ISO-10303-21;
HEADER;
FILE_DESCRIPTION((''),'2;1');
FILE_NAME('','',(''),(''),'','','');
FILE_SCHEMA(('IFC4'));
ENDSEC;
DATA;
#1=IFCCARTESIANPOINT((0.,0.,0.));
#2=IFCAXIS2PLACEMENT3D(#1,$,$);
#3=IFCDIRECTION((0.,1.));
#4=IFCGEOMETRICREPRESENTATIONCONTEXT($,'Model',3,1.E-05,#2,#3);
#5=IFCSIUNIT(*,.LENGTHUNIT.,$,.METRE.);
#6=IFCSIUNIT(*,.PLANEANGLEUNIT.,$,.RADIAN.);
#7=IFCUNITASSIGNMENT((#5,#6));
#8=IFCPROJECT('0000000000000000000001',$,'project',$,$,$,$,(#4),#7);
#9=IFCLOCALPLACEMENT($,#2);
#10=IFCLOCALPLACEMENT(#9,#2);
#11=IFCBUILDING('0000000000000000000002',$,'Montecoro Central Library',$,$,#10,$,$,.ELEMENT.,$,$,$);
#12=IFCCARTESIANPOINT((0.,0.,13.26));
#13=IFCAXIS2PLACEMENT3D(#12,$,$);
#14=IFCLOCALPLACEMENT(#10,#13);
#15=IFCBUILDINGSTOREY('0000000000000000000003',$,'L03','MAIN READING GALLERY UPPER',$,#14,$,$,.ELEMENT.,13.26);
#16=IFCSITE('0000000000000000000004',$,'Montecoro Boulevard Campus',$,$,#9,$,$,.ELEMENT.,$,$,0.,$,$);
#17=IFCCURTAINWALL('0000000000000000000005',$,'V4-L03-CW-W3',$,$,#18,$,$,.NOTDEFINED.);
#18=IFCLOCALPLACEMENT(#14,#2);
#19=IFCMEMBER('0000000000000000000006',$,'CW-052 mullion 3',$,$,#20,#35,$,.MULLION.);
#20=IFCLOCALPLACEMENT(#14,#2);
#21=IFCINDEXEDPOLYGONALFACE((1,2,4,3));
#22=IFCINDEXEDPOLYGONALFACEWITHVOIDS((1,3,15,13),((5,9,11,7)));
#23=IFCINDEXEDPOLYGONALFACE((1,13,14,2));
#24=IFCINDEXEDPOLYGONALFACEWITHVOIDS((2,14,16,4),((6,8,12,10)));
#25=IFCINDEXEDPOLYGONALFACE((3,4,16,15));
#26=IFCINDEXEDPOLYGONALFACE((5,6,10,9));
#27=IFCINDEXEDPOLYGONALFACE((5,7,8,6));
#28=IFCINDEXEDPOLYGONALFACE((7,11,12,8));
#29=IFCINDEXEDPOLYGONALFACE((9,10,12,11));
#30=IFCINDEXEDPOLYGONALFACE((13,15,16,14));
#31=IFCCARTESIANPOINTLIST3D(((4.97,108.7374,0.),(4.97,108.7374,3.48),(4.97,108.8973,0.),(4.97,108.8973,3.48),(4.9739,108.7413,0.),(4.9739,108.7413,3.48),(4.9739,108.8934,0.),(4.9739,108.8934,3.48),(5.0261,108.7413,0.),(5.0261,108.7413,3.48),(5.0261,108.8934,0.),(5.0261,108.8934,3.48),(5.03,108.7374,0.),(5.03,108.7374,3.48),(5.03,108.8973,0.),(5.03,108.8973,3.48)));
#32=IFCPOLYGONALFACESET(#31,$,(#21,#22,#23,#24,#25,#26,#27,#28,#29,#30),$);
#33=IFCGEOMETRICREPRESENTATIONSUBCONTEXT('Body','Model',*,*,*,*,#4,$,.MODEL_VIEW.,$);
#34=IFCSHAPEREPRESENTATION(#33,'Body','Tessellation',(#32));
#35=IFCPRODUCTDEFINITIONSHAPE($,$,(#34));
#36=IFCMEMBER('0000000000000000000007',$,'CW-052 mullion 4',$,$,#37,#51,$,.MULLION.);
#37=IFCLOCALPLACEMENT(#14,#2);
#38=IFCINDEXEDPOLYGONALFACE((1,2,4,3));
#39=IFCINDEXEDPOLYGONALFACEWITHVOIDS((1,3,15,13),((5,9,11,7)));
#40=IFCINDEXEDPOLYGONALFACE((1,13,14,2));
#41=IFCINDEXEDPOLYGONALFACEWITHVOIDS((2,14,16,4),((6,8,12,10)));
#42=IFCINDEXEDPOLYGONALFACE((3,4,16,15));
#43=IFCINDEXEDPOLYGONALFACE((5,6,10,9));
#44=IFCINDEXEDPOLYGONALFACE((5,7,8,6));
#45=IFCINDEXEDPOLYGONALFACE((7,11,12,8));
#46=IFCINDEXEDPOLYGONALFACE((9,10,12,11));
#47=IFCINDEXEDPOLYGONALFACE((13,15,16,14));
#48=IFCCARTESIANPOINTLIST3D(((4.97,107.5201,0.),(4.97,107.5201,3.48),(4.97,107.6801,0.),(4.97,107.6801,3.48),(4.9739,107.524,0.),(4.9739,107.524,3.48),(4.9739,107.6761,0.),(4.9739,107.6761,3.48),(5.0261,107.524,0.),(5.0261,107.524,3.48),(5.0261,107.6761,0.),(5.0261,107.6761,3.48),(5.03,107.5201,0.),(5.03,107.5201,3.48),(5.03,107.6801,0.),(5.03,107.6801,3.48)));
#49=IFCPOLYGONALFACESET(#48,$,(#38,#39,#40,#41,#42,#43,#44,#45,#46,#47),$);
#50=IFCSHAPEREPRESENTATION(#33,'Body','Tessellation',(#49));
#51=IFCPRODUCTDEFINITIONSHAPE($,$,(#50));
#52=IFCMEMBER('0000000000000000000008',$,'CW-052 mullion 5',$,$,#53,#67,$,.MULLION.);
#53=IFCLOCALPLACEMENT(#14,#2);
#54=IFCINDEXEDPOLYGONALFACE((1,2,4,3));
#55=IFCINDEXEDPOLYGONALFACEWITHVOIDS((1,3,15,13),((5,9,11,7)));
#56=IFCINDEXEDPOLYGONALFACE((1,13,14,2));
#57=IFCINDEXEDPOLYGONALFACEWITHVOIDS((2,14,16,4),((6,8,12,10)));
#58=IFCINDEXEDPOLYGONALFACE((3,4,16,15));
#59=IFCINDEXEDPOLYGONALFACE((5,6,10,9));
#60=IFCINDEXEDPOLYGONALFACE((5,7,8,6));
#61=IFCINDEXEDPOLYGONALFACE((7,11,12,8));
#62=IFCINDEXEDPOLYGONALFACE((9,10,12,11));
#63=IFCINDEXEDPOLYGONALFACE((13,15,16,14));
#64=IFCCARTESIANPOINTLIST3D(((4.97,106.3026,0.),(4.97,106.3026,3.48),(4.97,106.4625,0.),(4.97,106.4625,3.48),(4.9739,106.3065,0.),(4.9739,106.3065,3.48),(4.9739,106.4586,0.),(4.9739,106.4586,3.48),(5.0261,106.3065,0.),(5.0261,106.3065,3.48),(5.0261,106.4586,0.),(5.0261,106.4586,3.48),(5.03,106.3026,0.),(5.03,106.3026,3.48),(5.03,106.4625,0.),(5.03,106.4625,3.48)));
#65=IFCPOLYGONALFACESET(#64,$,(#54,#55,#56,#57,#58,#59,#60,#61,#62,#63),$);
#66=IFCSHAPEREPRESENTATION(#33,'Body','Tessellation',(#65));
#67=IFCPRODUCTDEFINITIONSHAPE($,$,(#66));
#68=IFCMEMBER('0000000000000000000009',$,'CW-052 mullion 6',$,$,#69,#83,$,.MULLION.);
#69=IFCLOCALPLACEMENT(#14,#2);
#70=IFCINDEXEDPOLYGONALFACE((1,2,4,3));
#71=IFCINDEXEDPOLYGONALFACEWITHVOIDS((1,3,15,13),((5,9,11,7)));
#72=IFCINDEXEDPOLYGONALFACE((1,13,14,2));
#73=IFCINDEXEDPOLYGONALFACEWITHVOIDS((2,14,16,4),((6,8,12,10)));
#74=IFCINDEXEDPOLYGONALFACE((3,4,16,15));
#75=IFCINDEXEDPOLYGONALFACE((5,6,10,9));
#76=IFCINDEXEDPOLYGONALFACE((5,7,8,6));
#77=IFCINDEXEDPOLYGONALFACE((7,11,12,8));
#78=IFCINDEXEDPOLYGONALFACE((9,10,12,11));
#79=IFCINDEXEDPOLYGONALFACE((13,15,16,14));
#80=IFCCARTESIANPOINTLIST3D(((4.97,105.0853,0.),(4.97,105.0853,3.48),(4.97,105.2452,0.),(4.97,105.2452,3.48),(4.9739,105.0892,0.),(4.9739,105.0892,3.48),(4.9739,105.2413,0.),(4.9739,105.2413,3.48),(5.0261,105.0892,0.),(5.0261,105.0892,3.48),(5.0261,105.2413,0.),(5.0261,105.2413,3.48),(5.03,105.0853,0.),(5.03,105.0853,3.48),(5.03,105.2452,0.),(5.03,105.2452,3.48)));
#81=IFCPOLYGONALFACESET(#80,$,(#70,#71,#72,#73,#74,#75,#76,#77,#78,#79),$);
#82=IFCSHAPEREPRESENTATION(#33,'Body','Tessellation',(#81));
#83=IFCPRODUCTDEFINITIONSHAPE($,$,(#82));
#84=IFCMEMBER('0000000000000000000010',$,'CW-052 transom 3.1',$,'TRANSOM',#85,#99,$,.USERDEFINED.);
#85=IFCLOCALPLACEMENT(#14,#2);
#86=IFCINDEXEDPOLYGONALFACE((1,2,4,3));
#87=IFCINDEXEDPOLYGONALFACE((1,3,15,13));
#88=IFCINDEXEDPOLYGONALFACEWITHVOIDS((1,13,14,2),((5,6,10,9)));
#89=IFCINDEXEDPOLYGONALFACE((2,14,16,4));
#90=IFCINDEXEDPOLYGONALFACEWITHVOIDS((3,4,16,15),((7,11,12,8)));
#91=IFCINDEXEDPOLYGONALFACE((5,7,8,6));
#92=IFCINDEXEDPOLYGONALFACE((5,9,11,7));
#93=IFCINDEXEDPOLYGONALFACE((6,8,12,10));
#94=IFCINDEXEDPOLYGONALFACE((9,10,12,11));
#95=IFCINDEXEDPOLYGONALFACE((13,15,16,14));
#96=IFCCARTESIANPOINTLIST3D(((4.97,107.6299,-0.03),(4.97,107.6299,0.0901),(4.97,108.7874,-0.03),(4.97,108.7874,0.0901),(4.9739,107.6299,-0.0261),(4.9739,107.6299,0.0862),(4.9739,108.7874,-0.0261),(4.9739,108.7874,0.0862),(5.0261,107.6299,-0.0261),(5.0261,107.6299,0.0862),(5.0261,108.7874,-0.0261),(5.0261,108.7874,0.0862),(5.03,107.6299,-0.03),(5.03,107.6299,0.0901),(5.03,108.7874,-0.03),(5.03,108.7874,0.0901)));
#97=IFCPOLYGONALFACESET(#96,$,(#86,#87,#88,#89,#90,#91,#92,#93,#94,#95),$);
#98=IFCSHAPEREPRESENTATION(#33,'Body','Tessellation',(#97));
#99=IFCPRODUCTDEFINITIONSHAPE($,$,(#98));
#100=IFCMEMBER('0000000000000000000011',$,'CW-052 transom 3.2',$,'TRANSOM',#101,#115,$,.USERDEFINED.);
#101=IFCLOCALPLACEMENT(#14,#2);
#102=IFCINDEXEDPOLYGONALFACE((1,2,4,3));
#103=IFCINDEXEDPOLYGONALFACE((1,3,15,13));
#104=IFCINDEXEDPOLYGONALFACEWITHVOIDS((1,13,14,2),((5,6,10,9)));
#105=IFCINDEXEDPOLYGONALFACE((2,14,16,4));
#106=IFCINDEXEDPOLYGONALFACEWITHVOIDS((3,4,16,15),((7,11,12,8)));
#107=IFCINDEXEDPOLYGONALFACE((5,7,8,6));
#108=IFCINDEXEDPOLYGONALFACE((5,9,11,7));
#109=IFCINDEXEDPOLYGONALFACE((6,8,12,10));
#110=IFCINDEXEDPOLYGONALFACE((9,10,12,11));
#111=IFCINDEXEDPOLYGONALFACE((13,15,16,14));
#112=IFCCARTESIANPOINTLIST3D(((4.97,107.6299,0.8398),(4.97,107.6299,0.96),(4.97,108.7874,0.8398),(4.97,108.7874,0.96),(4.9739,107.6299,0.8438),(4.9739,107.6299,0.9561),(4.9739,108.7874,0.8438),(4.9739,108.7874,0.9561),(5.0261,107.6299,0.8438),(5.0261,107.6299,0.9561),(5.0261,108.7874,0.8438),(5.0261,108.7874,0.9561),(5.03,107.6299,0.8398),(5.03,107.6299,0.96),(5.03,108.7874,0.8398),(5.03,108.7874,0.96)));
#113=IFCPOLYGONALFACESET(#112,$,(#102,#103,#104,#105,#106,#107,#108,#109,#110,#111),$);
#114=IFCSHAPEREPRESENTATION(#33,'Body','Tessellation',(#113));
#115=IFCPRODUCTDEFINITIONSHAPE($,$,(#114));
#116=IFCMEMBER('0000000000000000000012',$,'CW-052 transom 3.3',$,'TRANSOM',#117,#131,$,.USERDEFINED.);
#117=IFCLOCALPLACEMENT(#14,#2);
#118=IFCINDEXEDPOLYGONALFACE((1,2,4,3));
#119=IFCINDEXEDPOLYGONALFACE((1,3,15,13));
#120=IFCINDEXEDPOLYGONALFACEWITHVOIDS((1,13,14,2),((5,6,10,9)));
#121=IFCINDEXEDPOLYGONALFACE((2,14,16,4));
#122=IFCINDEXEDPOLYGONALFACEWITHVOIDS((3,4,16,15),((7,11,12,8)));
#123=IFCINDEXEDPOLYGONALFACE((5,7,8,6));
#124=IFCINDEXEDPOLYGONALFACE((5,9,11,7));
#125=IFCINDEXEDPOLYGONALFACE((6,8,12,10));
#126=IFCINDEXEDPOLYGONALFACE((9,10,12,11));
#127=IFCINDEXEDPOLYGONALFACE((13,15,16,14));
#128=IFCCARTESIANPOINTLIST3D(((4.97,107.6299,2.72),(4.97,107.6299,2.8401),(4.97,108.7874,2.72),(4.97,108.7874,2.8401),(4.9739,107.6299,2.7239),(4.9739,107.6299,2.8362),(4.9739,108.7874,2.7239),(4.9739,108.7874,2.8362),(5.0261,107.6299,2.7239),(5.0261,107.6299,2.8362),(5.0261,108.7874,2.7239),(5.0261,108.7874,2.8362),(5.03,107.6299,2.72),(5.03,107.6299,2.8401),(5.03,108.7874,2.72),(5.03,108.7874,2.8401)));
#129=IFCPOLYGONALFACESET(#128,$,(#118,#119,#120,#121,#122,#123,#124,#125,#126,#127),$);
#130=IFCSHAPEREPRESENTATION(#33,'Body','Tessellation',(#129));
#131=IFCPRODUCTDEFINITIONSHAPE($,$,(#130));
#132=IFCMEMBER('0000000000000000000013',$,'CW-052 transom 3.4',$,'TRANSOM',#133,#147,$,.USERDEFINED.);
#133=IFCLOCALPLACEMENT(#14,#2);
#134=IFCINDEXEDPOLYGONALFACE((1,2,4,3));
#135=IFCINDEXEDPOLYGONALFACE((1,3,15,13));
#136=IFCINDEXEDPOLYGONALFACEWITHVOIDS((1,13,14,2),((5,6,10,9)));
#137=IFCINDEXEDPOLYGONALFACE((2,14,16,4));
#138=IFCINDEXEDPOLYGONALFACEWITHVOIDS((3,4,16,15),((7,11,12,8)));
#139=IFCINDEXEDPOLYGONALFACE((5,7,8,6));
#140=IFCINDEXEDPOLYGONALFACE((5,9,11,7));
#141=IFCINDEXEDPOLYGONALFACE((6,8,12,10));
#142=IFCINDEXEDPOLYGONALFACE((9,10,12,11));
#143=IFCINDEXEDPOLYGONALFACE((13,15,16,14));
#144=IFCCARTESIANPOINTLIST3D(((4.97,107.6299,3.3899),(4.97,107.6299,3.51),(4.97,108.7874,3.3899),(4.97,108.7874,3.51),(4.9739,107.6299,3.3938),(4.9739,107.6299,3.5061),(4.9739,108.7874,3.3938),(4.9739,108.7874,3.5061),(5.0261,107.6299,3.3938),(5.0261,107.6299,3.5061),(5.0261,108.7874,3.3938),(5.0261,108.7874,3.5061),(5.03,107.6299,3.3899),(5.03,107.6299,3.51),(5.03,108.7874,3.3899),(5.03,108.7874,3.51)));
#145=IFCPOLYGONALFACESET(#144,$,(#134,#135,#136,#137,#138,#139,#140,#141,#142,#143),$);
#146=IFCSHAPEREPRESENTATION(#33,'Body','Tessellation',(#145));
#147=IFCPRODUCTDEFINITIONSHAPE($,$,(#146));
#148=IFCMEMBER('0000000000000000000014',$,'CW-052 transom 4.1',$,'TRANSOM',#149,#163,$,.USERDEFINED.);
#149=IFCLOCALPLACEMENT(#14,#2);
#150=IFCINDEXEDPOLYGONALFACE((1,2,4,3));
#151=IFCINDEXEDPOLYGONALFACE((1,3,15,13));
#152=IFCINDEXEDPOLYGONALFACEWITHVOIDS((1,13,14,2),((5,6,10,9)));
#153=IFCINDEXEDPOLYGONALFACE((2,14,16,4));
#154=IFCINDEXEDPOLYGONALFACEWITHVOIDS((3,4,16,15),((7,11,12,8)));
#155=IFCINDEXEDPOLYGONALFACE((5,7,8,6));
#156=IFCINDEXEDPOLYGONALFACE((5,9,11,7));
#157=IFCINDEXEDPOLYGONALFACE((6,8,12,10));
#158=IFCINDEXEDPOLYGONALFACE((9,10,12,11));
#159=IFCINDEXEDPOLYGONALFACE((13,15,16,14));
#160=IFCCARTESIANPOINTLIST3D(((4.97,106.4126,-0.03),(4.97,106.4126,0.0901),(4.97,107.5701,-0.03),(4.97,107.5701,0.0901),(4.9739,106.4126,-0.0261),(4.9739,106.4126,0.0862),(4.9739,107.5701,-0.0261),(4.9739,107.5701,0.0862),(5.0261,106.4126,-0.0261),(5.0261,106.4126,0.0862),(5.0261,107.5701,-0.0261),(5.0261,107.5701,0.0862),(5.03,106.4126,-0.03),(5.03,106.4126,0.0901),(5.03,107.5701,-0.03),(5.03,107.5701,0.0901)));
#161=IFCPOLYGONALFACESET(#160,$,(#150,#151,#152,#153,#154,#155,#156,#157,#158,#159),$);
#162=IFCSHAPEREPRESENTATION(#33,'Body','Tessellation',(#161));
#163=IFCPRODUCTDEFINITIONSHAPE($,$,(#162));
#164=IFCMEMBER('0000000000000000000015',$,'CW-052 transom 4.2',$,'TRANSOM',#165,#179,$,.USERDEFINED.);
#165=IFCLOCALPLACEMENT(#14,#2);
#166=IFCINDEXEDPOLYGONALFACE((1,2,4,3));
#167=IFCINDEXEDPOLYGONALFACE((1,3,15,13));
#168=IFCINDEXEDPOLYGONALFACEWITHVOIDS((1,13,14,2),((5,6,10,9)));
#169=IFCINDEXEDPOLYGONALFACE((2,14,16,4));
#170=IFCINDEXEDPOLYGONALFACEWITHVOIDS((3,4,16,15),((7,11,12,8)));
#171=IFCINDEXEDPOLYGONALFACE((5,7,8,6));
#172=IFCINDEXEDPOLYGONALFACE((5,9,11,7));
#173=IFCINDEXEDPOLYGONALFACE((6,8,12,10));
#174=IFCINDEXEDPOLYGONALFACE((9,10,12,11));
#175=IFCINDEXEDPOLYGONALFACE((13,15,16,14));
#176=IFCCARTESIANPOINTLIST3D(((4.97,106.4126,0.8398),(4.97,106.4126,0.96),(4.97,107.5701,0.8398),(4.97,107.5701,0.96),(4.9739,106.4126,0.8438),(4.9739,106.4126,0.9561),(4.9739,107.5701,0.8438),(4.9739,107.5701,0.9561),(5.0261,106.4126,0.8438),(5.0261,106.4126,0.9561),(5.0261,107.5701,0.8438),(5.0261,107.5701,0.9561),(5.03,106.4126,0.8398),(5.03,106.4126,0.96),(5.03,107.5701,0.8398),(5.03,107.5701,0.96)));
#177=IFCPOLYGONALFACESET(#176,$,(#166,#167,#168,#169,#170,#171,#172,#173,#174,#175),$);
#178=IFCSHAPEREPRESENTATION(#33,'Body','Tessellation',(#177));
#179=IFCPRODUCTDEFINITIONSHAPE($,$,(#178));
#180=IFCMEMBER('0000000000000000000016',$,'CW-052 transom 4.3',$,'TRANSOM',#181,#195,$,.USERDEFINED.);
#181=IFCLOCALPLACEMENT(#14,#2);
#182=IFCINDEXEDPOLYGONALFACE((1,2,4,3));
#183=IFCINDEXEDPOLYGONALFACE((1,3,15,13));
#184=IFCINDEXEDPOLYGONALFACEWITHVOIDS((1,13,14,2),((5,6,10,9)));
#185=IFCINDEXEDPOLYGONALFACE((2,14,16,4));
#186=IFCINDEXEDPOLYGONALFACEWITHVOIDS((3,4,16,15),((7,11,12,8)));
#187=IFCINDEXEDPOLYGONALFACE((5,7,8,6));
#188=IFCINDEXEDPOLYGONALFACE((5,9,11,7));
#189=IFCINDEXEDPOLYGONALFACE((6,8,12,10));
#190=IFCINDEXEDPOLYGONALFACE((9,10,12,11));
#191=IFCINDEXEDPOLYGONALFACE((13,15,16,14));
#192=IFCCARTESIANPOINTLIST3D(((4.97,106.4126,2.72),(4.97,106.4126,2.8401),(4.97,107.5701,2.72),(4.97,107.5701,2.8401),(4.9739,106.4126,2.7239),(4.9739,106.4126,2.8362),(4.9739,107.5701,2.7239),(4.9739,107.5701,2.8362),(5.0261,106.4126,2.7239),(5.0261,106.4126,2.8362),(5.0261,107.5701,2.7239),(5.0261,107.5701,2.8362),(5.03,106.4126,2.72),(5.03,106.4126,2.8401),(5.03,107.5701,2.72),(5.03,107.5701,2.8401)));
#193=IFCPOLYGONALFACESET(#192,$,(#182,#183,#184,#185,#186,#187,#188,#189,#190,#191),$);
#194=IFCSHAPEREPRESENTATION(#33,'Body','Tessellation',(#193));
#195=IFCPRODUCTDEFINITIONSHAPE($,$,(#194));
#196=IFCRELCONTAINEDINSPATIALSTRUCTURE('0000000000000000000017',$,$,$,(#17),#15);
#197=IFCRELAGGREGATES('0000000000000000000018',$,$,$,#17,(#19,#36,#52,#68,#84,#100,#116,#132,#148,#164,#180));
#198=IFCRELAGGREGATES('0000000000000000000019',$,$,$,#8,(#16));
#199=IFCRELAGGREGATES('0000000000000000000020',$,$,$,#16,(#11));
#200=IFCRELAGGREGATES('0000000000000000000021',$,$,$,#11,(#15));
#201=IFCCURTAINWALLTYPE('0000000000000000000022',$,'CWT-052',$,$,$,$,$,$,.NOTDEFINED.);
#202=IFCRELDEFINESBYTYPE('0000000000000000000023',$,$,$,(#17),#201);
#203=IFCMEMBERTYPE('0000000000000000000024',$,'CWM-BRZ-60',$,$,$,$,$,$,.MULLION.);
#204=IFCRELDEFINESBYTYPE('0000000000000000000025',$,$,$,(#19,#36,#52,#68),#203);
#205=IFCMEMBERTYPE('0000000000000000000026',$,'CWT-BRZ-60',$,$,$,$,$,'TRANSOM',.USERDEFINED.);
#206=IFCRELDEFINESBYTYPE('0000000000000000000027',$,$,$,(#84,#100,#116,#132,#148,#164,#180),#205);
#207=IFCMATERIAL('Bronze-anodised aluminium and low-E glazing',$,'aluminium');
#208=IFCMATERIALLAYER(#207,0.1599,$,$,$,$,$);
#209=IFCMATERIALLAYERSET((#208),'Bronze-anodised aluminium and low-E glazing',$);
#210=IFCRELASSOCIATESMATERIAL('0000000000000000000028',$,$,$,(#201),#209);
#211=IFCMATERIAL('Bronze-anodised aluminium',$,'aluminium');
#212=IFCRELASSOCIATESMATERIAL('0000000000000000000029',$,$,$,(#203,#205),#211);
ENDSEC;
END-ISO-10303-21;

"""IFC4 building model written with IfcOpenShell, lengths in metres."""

from ifc_helpers import new_model, si_unit, direction, frame, origin, origin_2d, place, context, subcontext, project, spatial, hollow_rectangle, extrude, material, layer, layer_set, material_profile, profile_set, type_object, element, aggregate, save


model = new_model("IFC4")

# Units and contexts
model_context = context("Model", 3, precision=1e-05, world=origin(), true_north=direction((0.0, 1.0)))
body_context = subcontext(model_context, "Body", "Model", "MODEL_VIEW")
ifc_project = project(units=[si_unit("LENGTHUNIT", "METRE"), si_unit("PLANEANGLEUNIT", "RADIAN")], contexts=[model_context])

# Site, building, storey
site_placement = place(None, origin())
site = spatial("IfcSite", under=ifc_project, at=site_placement, Name="Montecoro Boulevard Campus", CompositionType="ELEMENT", RefElevation=0.0)
building_placement = place(site_placement, origin())
building = spatial("IfcBuilding", under=site, at=building_placement, Name="Montecoro Central Library", CompositionType="ELEMENT")
storey_placement = place(building_placement, frame((0.0, 0.0, 13.26)))
storey = spatial("IfcBuildingStorey", under=building, at=storey_placement, Name="L03", Description="MAIN READING GALLERY UPPER", CompositionType="ELEMENT", Elevation=13.26)

# Curtain wall, members
ifc_material_1 = material(Name="Bronze-anodised aluminium and low-E glazing", Category="aluminium")
ifc_layer_1 = layer(ifc_material_1, 0.1599)
ifc_layer_set_1 = layer_set([ifc_layer_1], Name="Bronze-anodised aluminium and low-E glazing")
curtain_wall_type = type_object("IfcCurtainWallType", Name="CWT-052", PredefinedType="NOTDEFINED", material=ifc_layer_set_1)
curtain_wall_placement = place(storey_placement, origin())
curtain_wall = element("IfcCurtainWall", 1, at=curtain_wall_placement, inside=storey, type_object=curtain_wall_type, Name="V4-L03-CW-W3", PredefinedType="NOTDEFINED")
ifc_material_2 = material(Name="Bronze-anodised aluminium", Category="aluminium")
ifc_material_profile_1 = material_profile(ifc_material_2, hollow_rectangle(XDim=0.0601, YDim=0.1599, WallThickness=0.0039, at=origin_2d()), Name="CWM 160x60x4.0")
ifc_profile_set_1 = profile_set([ifc_material_profile_1], Name="Bronze-anodised aluminium")
member_type_1 = type_object("IfcMemberType", Name="CWM-BRZ-60", PredefinedType="MULLION", material=ifc_profile_set_1)
member_1_placement = place(storey_placement, frame((5.0, 108.8174, 0.0), z_axis=(0.0, 0.0, 1.0), x_axis=(1.0, 0.0, 0.0)))
member_1 = element("IfcMember", 2, at=member_1_placement, type_object=member_type_1, Name="CW-052 mullion 3", PredefinedType="MULLION", context=body_context, shape_type="SweptSolid", body=[
    extrude(hollow_rectangle(XDim=0.0601, YDim=0.1599, WallThickness=0.0039, at=origin_2d()), origin(), (0.0, 0.0, 1.0), 3.48),
])
member_2_placement = place(storey_placement, frame((5.0, 107.6001, 0.0), z_axis=(0.0, 0.0, 1.0), x_axis=(1.0, 0.0, 0.0)))
member_2 = element("IfcMember", 3, at=member_2_placement, type_object=member_type_1, Name="CW-052 mullion 4", PredefinedType="MULLION", context=body_context, shape_type="SweptSolid", body=[
    extrude(hollow_rectangle(XDim=0.0601, YDim=0.1599, WallThickness=0.0039, at=origin_2d()), origin(), (0.0, 0.0, 1.0), 3.48),
])
member_3_placement = place(storey_placement, frame((5.0, 106.3826, 0.0), z_axis=(0.0, 0.0, 1.0), x_axis=(1.0, 0.0, 0.0)))
member_3 = element("IfcMember", 4, at=member_3_placement, type_object=member_type_1, Name="CW-052 mullion 5", PredefinedType="MULLION", context=body_context, shape_type="SweptSolid", body=[
    extrude(hollow_rectangle(XDim=0.0601, YDim=0.1599, WallThickness=0.0039, at=origin_2d()), origin(), (0.0, 0.0, 1.0), 3.48),
])
member_4_placement = place(storey_placement, frame((5.0, 105.1653, 0.0), z_axis=(0.0, 0.0, 1.0), x_axis=(1.0, 0.0, 0.0)))
member_4 = element("IfcMember", 5, at=member_4_placement, type_object=member_type_1, Name="CW-052 mullion 6", PredefinedType="MULLION", context=body_context, shape_type="SweptSolid", body=[
    extrude(hollow_rectangle(XDim=0.0601, YDim=0.1599, WallThickness=0.0039, at=origin_2d()), origin(), (0.0, 0.0, 1.0), 3.48),
])
ifc_material_profile_2 = material_profile(ifc_material_2, hollow_rectangle(XDim=0.0601, YDim=0.1201, WallThickness=0.0039, at=origin_2d()), Name="CWT 120x60x4.0")
ifc_profile_set_2 = profile_set([ifc_material_profile_2], Name="Bronze-anodised aluminium")
member_type_2 = type_object("IfcMemberType", Name="CWT-BRZ-60", ElementType="TRANSOM", PredefinedType="USERDEFINED", material=ifc_profile_set_2)
member_5_placement = place(storey_placement, frame((5.0, 108.7874, 0.03), z_axis=(0.0, -1.0, 0.0), x_axis=(1.0, 0.0, 0.0)))
member_5 = element("IfcMember", 6, at=member_5_placement, type_object=member_type_2, Name="CW-052 transom 3.1", ObjectType="TRANSOM", PredefinedType="USERDEFINED", context=body_context, shape_type="SweptSolid", body=[
    extrude(hollow_rectangle(XDim=0.0601, YDim=0.1201, WallThickness=0.0039, at=origin_2d()), origin(), (0.0, 0.0, 1.0), 1.1575),
])
member_6_placement = place(storey_placement, frame((5.0, 108.7874, 0.8999), z_axis=(0.0, -1.0, 0.0), x_axis=(1.0, 0.0, 0.0)))
member_6 = element("IfcMember", 7, at=member_6_placement, type_object=member_type_2, Name="CW-052 transom 3.2", ObjectType="TRANSOM", PredefinedType="USERDEFINED", context=body_context, shape_type="SweptSolid", body=[
    extrude(hollow_rectangle(XDim=0.0601, YDim=0.1201, WallThickness=0.0039, at=origin_2d()), origin(), (0.0, 0.0, 1.0), 1.1575),
])
member_7_placement = place(storey_placement, frame((5.0, 108.7874, 2.78), z_axis=(0.0, -1.0, 0.0), x_axis=(1.0, 0.0, 0.0)))
member_7 = element("IfcMember", 8, at=member_7_placement, type_object=member_type_2, Name="CW-052 transom 3.3", ObjectType="TRANSOM", PredefinedType="USERDEFINED", context=body_context, shape_type="SweptSolid", body=[
    extrude(hollow_rectangle(XDim=0.0601, YDim=0.1201, WallThickness=0.0039, at=origin_2d()), origin(), (0.0, 0.0, 1.0), 1.1575),
])
member_8_placement = place(storey_placement, frame((5.0, 108.7874, 3.45), z_axis=(0.0, -1.0, 0.0), x_axis=(1.0, 0.0, 0.0)))
member_8 = element("IfcMember", 9, at=member_8_placement, type_object=member_type_2, Name="CW-052 transom 3.4", ObjectType="TRANSOM", PredefinedType="USERDEFINED", context=body_context, shape_type="SweptSolid", body=[
    extrude(hollow_rectangle(XDim=0.0601, YDim=0.1201, WallThickness=0.0039, at=origin_2d()), origin(), (0.0, 0.0, 1.0), 1.1575),
])
member_9_placement = place(storey_placement, frame((5.0, 107.5701, 0.03), z_axis=(0.0, -1.0, 0.0), x_axis=(1.0, 0.0, 0.0)))
member_9 = element("IfcMember", 10, at=member_9_placement, type_object=member_type_2, Name="CW-052 transom 4.1", ObjectType="TRANSOM", PredefinedType="USERDEFINED", context=body_context, shape_type="SweptSolid", body=[
    extrude(hollow_rectangle(XDim=0.0601, YDim=0.1201, WallThickness=0.0039, at=origin_2d()), origin(), (0.0, 0.0, 1.0), 1.1575),
])
member_10_placement = place(storey_placement, frame((5.0, 107.5701, 0.8999), z_axis=(0.0, -1.0, 0.0), x_axis=(1.0, 0.0, 0.0)))
member_10 = element("IfcMember", 11, at=member_10_placement, type_object=member_type_2, Name="CW-052 transom 4.2", ObjectType="TRANSOM", PredefinedType="USERDEFINED", context=body_context, shape_type="SweptSolid", body=[
    extrude(hollow_rectangle(XDim=0.0601, YDim=0.1201, WallThickness=0.0039, at=origin_2d()), origin(), (0.0, 0.0, 1.0), 1.1575),
])
member_11_placement = place(storey_placement, frame((5.0, 107.5701, 2.78), z_axis=(0.0, -1.0, 0.0), x_axis=(1.0, 0.0, 0.0)))
member_11 = element("IfcMember", 12, at=member_11_placement, type_object=member_type_2, Name="CW-052 transom 4.3", ObjectType="TRANSOM", PredefinedType="USERDEFINED", context=body_context, shape_type="SweptSolid", body=[
    extrude(hollow_rectangle(XDim=0.0601, YDim=0.1201, WallThickness=0.0039, at=origin_2d()), origin(), (0.0, 0.0, 1.0), 1.1575),
])
aggregate(curtain_wall, [member_1, member_2, member_3, member_4, member_5, member_6, member_7, member_8, member_9, member_10, member_11])

save(model, "model.ifc")
